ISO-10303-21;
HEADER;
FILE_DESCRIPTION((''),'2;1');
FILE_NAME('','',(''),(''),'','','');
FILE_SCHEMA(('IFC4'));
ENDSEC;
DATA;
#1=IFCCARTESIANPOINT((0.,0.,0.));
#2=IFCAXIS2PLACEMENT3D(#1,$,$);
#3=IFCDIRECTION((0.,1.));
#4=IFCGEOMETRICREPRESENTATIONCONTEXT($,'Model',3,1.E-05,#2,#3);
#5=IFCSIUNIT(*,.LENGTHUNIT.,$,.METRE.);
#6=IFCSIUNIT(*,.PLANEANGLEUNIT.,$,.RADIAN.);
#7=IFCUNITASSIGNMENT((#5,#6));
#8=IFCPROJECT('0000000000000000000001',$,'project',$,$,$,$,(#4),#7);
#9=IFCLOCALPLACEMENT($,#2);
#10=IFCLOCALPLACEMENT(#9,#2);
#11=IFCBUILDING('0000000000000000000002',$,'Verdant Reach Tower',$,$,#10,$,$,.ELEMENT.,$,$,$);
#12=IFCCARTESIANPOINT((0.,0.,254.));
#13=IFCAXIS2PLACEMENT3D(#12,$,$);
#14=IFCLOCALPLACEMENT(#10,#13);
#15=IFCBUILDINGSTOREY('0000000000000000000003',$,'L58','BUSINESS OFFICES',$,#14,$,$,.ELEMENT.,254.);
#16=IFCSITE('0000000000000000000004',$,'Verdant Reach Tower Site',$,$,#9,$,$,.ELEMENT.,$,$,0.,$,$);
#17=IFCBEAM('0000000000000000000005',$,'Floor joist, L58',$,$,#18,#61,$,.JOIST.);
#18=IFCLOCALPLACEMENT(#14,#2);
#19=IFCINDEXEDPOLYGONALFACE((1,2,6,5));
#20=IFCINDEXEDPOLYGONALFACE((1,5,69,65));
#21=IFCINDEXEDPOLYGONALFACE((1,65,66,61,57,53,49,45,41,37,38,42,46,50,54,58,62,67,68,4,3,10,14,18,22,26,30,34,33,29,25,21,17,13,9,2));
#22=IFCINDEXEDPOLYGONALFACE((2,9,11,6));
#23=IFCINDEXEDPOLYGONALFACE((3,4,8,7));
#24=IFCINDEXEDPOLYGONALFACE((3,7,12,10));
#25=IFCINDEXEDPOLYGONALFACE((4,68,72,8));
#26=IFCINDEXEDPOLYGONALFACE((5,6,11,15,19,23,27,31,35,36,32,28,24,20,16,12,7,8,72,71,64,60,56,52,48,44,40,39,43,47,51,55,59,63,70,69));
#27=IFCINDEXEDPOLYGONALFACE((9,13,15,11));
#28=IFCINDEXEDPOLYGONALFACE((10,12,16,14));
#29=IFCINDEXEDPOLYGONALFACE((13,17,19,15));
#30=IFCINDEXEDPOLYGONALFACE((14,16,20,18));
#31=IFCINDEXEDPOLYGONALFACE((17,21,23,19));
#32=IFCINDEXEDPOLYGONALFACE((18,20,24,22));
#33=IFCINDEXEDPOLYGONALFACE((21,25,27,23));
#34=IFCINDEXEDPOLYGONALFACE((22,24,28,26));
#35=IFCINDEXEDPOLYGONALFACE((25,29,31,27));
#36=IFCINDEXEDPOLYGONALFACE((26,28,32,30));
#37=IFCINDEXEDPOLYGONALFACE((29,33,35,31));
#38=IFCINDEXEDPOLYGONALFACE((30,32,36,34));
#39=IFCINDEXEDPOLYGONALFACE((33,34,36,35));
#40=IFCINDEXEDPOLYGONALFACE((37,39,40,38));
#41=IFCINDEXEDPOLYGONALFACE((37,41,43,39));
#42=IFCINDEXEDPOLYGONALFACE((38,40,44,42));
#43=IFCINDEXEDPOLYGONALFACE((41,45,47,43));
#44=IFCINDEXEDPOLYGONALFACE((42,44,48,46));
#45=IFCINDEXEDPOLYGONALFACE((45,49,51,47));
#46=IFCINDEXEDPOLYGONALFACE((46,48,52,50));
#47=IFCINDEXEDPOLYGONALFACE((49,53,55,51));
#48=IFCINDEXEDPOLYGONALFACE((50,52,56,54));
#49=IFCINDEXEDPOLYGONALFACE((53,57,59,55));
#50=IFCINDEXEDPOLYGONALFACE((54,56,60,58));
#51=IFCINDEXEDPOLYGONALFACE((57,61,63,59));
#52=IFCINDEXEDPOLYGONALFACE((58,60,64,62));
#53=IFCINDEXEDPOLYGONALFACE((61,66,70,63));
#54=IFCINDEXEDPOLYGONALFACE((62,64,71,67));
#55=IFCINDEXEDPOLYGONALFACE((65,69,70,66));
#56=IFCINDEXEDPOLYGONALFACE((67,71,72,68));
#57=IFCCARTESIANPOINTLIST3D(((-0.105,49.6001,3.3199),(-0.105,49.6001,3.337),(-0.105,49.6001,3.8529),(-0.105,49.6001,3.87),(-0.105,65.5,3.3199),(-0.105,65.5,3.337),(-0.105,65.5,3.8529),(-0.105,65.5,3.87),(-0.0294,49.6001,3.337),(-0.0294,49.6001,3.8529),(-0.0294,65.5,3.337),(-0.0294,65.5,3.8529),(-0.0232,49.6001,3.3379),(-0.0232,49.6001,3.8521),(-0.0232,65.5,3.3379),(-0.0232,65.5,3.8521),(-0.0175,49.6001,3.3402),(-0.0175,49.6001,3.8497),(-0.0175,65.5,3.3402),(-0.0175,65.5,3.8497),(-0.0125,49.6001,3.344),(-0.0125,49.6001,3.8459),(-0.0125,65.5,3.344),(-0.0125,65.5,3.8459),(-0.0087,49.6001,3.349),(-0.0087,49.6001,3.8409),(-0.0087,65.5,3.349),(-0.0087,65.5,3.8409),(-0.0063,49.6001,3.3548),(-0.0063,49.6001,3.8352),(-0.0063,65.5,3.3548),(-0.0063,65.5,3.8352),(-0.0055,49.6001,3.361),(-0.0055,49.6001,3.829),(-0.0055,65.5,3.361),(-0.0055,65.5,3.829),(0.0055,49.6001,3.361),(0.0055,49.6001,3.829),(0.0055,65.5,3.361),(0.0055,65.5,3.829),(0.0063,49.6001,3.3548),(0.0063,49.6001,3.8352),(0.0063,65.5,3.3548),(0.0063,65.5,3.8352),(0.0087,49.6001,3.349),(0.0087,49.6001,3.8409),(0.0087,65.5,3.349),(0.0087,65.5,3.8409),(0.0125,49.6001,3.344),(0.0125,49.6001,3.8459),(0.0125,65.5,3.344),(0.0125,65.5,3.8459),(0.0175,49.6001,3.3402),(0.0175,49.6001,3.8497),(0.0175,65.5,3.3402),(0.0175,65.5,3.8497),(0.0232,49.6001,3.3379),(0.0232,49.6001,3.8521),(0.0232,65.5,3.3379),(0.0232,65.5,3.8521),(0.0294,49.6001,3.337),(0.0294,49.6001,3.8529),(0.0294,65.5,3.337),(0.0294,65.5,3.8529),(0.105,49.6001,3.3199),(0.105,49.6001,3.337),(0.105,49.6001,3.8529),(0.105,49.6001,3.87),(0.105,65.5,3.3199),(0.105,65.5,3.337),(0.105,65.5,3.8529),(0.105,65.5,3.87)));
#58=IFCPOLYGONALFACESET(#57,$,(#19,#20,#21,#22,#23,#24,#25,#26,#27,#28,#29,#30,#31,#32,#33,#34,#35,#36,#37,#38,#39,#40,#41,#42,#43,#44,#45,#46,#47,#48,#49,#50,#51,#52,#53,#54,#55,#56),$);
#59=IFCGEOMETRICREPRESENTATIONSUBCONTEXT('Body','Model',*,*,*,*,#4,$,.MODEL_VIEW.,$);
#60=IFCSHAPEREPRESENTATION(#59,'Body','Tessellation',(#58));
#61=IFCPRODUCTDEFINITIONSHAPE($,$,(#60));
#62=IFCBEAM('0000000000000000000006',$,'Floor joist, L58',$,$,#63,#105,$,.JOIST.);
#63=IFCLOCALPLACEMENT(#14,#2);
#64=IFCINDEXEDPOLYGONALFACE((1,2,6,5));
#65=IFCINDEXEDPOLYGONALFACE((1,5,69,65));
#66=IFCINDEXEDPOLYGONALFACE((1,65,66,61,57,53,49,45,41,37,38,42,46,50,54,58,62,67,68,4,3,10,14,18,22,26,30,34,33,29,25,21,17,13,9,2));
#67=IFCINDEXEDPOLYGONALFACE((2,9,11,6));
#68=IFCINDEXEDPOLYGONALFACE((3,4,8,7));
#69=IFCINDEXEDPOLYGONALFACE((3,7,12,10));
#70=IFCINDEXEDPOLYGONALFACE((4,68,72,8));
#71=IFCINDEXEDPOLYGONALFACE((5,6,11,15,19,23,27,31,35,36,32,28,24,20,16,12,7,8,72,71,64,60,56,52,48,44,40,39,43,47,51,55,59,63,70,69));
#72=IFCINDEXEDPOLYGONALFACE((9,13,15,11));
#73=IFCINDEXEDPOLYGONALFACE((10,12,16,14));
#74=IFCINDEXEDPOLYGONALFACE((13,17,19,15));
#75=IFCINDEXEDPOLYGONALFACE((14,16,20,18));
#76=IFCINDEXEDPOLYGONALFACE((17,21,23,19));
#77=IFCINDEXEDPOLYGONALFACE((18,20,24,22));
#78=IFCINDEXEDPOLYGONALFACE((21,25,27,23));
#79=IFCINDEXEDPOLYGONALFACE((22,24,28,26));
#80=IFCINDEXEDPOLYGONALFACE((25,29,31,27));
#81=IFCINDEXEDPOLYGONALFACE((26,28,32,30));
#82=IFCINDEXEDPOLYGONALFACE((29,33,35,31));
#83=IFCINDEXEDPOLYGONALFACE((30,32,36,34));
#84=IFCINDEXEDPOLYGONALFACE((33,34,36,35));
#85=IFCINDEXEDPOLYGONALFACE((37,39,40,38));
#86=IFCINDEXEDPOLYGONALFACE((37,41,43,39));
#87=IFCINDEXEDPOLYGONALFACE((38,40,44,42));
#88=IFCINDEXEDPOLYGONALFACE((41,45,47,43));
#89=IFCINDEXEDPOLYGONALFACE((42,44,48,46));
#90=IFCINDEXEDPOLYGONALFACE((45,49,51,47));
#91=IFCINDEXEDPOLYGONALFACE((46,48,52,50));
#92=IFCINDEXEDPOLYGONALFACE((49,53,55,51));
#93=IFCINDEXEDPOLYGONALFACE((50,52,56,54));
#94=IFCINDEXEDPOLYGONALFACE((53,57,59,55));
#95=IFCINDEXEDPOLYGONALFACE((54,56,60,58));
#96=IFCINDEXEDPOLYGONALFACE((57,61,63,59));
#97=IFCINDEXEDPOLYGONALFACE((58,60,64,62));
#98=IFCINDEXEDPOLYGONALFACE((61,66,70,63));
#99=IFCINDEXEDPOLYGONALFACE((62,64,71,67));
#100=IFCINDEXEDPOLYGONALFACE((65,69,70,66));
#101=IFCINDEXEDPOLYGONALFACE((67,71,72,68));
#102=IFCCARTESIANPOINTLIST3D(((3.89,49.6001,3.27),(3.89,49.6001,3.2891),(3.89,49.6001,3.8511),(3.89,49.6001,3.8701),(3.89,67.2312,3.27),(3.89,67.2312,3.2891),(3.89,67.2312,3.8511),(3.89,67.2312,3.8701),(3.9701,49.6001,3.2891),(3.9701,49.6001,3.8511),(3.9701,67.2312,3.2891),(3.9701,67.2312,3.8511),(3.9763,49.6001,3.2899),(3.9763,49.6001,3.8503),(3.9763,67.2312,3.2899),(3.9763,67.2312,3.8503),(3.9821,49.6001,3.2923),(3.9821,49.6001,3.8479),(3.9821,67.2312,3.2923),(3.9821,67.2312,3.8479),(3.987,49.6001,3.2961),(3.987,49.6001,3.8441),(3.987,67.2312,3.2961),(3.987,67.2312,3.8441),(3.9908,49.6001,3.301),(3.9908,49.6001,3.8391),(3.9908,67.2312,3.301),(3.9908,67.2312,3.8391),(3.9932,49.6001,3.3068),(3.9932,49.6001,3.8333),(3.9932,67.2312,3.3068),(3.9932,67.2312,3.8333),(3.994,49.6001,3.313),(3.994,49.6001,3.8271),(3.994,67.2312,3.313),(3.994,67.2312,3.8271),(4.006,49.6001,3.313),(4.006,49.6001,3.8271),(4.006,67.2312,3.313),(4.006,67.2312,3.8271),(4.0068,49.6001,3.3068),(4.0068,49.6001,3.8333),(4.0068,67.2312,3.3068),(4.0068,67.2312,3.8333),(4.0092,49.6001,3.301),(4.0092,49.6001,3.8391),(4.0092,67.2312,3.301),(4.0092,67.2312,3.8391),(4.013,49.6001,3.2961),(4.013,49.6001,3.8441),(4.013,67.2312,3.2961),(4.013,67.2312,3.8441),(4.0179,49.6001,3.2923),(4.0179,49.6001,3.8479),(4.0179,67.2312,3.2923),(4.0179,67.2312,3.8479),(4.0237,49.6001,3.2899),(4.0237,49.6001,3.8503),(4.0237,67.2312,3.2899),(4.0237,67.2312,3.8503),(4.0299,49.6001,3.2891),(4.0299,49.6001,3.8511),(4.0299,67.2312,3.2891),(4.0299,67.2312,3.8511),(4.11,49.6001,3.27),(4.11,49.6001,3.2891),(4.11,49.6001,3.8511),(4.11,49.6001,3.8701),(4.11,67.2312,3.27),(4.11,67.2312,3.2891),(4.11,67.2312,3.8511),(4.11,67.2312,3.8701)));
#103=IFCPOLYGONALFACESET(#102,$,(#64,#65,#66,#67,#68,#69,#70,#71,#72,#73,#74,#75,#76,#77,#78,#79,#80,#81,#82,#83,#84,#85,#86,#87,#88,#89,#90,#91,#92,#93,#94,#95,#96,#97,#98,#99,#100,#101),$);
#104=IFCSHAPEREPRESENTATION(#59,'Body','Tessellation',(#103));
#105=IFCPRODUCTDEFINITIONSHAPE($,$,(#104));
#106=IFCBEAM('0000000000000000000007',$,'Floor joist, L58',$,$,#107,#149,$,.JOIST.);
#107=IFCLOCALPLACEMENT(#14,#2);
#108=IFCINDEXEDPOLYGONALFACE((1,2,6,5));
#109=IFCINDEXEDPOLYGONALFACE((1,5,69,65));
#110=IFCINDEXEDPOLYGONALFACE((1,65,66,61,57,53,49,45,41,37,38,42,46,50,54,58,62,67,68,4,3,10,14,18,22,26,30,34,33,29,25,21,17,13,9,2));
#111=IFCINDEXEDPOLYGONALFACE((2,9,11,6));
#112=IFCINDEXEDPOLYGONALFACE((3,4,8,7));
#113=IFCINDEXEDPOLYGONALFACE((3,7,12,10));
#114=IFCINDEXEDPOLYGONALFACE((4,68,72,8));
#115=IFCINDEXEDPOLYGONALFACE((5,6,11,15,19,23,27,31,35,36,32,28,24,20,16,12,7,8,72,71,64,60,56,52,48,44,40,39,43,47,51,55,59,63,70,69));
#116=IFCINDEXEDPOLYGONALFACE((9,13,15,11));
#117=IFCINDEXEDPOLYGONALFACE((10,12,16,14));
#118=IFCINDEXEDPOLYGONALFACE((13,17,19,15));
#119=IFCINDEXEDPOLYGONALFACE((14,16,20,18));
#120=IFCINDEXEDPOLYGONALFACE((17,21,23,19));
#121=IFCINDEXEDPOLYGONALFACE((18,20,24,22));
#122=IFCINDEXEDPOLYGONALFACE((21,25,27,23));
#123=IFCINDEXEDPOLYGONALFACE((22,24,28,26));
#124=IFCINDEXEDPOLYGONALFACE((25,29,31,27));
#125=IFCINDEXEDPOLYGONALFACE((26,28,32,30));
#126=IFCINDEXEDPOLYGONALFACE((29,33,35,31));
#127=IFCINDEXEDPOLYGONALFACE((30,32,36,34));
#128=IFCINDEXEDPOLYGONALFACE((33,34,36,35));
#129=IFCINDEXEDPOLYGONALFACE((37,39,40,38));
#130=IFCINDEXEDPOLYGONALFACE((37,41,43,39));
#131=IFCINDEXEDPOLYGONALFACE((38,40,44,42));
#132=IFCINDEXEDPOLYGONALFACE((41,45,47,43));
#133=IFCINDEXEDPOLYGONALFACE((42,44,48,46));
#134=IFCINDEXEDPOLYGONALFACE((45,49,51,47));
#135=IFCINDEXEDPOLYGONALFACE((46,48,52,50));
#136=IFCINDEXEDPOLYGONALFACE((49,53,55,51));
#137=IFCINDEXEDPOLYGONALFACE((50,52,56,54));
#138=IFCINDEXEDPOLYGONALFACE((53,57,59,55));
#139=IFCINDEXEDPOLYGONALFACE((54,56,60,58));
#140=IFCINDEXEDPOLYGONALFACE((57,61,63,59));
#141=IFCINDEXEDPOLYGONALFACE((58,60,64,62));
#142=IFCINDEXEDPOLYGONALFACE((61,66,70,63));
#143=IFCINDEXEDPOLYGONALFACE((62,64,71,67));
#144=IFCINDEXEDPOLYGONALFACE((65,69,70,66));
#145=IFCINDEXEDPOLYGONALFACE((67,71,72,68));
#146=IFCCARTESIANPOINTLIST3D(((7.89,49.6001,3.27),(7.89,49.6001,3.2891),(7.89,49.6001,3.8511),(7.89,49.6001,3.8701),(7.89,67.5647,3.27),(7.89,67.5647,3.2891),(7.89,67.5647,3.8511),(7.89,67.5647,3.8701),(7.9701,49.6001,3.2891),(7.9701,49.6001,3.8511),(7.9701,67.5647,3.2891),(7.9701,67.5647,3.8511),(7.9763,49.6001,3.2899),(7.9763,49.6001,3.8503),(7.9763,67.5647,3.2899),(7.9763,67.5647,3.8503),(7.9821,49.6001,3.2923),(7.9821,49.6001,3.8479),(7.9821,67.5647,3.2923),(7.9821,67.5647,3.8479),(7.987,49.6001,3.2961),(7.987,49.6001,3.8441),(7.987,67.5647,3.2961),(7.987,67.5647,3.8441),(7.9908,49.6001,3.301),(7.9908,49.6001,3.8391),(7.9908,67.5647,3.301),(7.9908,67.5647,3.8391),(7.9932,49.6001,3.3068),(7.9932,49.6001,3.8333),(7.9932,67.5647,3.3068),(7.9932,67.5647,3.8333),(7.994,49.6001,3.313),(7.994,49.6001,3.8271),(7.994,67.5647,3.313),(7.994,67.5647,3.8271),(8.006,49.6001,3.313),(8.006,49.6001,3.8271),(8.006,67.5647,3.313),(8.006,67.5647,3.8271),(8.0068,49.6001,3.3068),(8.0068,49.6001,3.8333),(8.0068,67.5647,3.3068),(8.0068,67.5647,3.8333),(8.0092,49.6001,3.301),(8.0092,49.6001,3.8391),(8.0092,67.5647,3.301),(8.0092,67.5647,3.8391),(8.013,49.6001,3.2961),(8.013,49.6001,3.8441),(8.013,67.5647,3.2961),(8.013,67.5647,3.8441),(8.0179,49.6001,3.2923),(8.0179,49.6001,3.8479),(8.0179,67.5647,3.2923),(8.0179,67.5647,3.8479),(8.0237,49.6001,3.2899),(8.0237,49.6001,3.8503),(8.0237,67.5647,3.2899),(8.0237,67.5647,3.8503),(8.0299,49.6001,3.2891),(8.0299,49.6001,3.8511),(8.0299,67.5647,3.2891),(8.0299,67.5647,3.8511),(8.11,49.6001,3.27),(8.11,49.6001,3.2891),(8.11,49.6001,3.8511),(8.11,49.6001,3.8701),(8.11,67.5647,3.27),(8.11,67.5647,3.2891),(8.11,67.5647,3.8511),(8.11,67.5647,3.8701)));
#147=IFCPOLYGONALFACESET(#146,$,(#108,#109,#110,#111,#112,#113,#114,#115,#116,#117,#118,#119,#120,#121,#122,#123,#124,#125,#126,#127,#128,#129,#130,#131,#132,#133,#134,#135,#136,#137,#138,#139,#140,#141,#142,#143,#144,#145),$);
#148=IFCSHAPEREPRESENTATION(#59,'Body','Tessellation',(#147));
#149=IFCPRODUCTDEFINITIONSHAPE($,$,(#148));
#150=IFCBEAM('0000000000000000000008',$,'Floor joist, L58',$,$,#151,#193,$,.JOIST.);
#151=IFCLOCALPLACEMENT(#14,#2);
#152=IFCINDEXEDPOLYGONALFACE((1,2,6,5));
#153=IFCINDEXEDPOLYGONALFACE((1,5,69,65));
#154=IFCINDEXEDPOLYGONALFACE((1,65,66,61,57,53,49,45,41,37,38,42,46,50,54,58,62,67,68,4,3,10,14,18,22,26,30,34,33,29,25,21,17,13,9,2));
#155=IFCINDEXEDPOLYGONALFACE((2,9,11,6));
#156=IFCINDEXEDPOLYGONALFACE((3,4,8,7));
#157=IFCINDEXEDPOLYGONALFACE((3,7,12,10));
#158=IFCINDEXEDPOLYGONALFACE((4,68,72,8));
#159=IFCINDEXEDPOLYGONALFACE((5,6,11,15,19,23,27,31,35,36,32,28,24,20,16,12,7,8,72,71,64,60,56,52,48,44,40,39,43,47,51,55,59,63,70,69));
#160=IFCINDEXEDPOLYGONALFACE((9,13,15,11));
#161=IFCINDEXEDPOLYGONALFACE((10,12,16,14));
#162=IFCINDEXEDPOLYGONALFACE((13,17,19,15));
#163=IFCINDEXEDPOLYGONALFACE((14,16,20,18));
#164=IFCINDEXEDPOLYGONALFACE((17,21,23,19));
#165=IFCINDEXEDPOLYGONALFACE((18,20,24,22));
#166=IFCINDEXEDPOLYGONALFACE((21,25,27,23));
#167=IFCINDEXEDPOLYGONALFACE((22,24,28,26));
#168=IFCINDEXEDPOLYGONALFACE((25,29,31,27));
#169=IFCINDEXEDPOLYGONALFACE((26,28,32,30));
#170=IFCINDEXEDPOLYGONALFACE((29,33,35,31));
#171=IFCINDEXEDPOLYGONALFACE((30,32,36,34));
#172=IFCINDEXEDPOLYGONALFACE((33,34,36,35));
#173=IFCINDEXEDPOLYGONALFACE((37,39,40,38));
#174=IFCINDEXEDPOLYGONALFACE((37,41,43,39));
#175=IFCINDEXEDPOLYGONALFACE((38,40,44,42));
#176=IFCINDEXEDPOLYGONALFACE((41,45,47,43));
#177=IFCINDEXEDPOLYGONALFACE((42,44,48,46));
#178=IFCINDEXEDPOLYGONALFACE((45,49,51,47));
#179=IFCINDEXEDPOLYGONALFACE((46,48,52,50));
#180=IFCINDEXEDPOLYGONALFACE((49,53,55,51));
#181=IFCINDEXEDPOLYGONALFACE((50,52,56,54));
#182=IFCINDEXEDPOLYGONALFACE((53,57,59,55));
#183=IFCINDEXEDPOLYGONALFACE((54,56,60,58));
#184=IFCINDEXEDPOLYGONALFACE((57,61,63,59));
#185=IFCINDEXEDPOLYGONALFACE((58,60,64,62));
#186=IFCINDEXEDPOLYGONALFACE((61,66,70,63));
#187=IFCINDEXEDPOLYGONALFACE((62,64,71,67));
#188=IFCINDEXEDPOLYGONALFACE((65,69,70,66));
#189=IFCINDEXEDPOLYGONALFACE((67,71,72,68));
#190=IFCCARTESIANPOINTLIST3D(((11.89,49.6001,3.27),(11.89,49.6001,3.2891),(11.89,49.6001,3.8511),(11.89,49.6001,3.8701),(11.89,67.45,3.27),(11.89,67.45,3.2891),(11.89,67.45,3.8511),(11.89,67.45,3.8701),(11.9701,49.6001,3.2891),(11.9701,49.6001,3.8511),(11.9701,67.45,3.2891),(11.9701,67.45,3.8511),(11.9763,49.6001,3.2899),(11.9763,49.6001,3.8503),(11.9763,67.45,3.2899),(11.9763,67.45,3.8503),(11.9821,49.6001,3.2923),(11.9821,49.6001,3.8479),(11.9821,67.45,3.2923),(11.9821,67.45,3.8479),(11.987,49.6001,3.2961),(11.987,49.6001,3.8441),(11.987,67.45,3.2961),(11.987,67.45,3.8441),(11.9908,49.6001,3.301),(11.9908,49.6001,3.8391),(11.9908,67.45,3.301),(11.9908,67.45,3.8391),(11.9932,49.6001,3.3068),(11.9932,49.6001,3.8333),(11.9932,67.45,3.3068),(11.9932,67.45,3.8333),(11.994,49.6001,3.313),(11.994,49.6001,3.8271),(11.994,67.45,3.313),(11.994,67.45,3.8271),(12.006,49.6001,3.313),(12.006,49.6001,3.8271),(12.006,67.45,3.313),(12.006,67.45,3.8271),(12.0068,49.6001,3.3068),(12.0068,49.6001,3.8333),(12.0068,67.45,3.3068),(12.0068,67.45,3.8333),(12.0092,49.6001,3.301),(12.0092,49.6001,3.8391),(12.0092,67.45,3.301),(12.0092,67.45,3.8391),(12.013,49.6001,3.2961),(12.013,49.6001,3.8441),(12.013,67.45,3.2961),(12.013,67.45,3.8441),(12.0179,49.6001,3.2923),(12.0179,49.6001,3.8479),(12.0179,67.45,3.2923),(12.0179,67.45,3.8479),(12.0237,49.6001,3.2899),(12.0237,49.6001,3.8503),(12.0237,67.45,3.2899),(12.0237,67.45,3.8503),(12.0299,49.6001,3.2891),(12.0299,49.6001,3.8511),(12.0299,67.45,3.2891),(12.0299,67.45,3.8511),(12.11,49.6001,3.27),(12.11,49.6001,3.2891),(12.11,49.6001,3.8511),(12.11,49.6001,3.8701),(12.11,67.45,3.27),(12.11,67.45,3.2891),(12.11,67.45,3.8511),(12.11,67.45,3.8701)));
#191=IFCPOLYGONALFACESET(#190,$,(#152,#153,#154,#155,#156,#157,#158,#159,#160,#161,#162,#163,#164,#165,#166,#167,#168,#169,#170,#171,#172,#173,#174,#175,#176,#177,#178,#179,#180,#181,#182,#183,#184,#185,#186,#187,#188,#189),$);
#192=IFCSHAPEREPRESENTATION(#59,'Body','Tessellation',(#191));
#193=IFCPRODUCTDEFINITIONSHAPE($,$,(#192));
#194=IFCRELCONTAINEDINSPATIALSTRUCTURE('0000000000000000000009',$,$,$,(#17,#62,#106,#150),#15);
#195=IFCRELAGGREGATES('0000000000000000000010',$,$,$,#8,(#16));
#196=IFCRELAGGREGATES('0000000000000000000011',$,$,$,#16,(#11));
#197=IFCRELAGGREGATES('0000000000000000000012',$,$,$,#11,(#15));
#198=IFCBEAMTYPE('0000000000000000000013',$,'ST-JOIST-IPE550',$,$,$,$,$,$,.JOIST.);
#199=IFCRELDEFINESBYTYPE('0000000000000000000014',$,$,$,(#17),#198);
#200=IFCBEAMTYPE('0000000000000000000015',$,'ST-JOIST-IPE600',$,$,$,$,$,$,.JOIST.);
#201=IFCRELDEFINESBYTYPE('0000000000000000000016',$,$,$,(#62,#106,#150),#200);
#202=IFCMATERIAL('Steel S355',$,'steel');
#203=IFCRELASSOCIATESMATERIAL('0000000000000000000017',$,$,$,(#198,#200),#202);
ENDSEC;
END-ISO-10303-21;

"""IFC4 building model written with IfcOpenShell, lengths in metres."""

from ifc_helpers import new_model, si_unit, direction, frame, origin, origin_2d, place, context, subcontext, project, spatial, i_section, extrude, material, material_profile, profile_set, type_object, element, save


model = new_model("IFC4")

# Units and contexts
model_context = context("Model", 3, precision=1e-05, world=origin(), true_north=direction((0.0, 1.0)))
body_context = subcontext(model_context, "Body", "Model", "MODEL_VIEW")
ifc_project = project(units=[si_unit("LENGTHUNIT", "METRE"), si_unit("PLANEANGLEUNIT", "RADIAN")], contexts=[model_context])

# Site, building, storey
site_placement = place(None, origin())
site = spatial("IfcSite", under=ifc_project, at=site_placement, Name="Verdant Reach Tower Site", CompositionType="ELEMENT", RefElevation=0.0)
building_placement = place(site_placement, origin())
building = spatial("IfcBuilding", under=site, at=building_placement, Name="Verdant Reach Tower", CompositionType="ELEMENT")
storey_placement = place(building_placement, frame((0.0, 0.0, 254.0)))
storey = spatial("IfcBuildingStorey", under=building, at=storey_placement, Name="L58", Description="BUSINESS OFFICES", CompositionType="ELEMENT", Elevation=254.0)

# Beams
ifc_material_1 = material(Name="Steel S355", Category="steel")
ifc_material_profile_1 = material_profile(ifc_material_1, i_section(OverallWidth=0.21, OverallDepth=0.55, WebThickness=0.011, FlangeThickness=0.0171, FilletRadius=0.0239, at=origin_2d()), Name="IPE 550")
ifc_profile_set_1 = profile_set([ifc_material_profile_1], Name="Steel S355")
beam_type_1 = type_object("IfcBeamType", Name="ST-JOIST-IPE550", PredefinedType="JOIST", material=ifc_profile_set_1)
beam_1_placement = place(storey_placement, frame((0.0, 49.6001, 3.595), z_axis=(0.0, 1.0, 0.0), x_axis=(-1.0, 0.0, 0.0)))
element("IfcBeam", 1, at=beam_1_placement, inside=storey, type_object=beam_type_1, Name="Floor joist, L58", PredefinedType="JOIST", context=body_context, shape_type="SweptSolid", body=[
    extrude(i_section(OverallWidth=0.21, OverallDepth=0.55, WebThickness=0.011, FlangeThickness=0.0171, FilletRadius=0.0239, at=origin_2d()), origin(), (0.0, 0.0, 1.0), 15.8999),
])
ifc_material_profile_2 = material_profile(ifc_material_1, i_section(OverallWidth=0.22, OverallDepth=0.6001, WebThickness=0.012, FlangeThickness=0.019, FilletRadius=0.0239, at=origin_2d()), Name="IPE 600")
ifc_profile_set_2 = profile_set([ifc_material_profile_2], Name="Steel S355")
beam_type_2 = type_object("IfcBeamType", Name="ST-JOIST-IPE600", PredefinedType="JOIST", material=ifc_profile_set_2)
beam_2_placement = place(storey_placement, frame((4.0, 49.6001, 3.5701), z_axis=(0.0, 1.0, 0.0), x_axis=(-1.0, 0.0, 0.0)))
element("IfcBeam", 2, at=beam_2_placement, inside=storey, type_object=beam_type_2, Name="Floor joist, L58", PredefinedType="JOIST", context=body_context, shape_type="SweptSolid", body=[
    extrude(i_section(OverallWidth=0.22, OverallDepth=0.6001, WebThickness=0.012, FlangeThickness=0.019, FilletRadius=0.0239, at=origin_2d()), origin(), (0.0, 0.0, 1.0), 17.6311),
])
beam_3_placement = place(storey_placement, frame((8.0, 49.6001, 3.5701), z_axis=(0.0, 1.0, 0.0), x_axis=(-1.0, 0.0, 0.0)))
element("IfcBeam", 3, at=beam_3_placement, inside=storey, type_object=beam_type_2, Name="Floor joist, L58", PredefinedType="JOIST", context=body_context, shape_type="SweptSolid", body=[
    extrude(i_section(OverallWidth=0.22, OverallDepth=0.6001, WebThickness=0.012, FlangeThickness=0.019, FilletRadius=0.0239, at=origin_2d()), origin(), (0.0, 0.0, 1.0), 17.9646),
])
beam_4_placement = place(storey_placement, frame((12.0, 49.6001, 3.5701), z_axis=(0.0, 1.0, 0.0), x_axis=(-1.0, 0.0, 0.0)))
element("IfcBeam", 4, at=beam_4_placement, inside=storey, type_object=beam_type_2, Name="Floor joist, L58", PredefinedType="JOIST", context=body_context, shape_type="SweptSolid", body=[
    extrude(i_section(OverallWidth=0.22, OverallDepth=0.6001, WebThickness=0.012, FlangeThickness=0.019, FilletRadius=0.0239, at=origin_2d()), origin(), (0.0, 0.0, 1.0), 17.8499),
])

save(model, "model.ifc")
